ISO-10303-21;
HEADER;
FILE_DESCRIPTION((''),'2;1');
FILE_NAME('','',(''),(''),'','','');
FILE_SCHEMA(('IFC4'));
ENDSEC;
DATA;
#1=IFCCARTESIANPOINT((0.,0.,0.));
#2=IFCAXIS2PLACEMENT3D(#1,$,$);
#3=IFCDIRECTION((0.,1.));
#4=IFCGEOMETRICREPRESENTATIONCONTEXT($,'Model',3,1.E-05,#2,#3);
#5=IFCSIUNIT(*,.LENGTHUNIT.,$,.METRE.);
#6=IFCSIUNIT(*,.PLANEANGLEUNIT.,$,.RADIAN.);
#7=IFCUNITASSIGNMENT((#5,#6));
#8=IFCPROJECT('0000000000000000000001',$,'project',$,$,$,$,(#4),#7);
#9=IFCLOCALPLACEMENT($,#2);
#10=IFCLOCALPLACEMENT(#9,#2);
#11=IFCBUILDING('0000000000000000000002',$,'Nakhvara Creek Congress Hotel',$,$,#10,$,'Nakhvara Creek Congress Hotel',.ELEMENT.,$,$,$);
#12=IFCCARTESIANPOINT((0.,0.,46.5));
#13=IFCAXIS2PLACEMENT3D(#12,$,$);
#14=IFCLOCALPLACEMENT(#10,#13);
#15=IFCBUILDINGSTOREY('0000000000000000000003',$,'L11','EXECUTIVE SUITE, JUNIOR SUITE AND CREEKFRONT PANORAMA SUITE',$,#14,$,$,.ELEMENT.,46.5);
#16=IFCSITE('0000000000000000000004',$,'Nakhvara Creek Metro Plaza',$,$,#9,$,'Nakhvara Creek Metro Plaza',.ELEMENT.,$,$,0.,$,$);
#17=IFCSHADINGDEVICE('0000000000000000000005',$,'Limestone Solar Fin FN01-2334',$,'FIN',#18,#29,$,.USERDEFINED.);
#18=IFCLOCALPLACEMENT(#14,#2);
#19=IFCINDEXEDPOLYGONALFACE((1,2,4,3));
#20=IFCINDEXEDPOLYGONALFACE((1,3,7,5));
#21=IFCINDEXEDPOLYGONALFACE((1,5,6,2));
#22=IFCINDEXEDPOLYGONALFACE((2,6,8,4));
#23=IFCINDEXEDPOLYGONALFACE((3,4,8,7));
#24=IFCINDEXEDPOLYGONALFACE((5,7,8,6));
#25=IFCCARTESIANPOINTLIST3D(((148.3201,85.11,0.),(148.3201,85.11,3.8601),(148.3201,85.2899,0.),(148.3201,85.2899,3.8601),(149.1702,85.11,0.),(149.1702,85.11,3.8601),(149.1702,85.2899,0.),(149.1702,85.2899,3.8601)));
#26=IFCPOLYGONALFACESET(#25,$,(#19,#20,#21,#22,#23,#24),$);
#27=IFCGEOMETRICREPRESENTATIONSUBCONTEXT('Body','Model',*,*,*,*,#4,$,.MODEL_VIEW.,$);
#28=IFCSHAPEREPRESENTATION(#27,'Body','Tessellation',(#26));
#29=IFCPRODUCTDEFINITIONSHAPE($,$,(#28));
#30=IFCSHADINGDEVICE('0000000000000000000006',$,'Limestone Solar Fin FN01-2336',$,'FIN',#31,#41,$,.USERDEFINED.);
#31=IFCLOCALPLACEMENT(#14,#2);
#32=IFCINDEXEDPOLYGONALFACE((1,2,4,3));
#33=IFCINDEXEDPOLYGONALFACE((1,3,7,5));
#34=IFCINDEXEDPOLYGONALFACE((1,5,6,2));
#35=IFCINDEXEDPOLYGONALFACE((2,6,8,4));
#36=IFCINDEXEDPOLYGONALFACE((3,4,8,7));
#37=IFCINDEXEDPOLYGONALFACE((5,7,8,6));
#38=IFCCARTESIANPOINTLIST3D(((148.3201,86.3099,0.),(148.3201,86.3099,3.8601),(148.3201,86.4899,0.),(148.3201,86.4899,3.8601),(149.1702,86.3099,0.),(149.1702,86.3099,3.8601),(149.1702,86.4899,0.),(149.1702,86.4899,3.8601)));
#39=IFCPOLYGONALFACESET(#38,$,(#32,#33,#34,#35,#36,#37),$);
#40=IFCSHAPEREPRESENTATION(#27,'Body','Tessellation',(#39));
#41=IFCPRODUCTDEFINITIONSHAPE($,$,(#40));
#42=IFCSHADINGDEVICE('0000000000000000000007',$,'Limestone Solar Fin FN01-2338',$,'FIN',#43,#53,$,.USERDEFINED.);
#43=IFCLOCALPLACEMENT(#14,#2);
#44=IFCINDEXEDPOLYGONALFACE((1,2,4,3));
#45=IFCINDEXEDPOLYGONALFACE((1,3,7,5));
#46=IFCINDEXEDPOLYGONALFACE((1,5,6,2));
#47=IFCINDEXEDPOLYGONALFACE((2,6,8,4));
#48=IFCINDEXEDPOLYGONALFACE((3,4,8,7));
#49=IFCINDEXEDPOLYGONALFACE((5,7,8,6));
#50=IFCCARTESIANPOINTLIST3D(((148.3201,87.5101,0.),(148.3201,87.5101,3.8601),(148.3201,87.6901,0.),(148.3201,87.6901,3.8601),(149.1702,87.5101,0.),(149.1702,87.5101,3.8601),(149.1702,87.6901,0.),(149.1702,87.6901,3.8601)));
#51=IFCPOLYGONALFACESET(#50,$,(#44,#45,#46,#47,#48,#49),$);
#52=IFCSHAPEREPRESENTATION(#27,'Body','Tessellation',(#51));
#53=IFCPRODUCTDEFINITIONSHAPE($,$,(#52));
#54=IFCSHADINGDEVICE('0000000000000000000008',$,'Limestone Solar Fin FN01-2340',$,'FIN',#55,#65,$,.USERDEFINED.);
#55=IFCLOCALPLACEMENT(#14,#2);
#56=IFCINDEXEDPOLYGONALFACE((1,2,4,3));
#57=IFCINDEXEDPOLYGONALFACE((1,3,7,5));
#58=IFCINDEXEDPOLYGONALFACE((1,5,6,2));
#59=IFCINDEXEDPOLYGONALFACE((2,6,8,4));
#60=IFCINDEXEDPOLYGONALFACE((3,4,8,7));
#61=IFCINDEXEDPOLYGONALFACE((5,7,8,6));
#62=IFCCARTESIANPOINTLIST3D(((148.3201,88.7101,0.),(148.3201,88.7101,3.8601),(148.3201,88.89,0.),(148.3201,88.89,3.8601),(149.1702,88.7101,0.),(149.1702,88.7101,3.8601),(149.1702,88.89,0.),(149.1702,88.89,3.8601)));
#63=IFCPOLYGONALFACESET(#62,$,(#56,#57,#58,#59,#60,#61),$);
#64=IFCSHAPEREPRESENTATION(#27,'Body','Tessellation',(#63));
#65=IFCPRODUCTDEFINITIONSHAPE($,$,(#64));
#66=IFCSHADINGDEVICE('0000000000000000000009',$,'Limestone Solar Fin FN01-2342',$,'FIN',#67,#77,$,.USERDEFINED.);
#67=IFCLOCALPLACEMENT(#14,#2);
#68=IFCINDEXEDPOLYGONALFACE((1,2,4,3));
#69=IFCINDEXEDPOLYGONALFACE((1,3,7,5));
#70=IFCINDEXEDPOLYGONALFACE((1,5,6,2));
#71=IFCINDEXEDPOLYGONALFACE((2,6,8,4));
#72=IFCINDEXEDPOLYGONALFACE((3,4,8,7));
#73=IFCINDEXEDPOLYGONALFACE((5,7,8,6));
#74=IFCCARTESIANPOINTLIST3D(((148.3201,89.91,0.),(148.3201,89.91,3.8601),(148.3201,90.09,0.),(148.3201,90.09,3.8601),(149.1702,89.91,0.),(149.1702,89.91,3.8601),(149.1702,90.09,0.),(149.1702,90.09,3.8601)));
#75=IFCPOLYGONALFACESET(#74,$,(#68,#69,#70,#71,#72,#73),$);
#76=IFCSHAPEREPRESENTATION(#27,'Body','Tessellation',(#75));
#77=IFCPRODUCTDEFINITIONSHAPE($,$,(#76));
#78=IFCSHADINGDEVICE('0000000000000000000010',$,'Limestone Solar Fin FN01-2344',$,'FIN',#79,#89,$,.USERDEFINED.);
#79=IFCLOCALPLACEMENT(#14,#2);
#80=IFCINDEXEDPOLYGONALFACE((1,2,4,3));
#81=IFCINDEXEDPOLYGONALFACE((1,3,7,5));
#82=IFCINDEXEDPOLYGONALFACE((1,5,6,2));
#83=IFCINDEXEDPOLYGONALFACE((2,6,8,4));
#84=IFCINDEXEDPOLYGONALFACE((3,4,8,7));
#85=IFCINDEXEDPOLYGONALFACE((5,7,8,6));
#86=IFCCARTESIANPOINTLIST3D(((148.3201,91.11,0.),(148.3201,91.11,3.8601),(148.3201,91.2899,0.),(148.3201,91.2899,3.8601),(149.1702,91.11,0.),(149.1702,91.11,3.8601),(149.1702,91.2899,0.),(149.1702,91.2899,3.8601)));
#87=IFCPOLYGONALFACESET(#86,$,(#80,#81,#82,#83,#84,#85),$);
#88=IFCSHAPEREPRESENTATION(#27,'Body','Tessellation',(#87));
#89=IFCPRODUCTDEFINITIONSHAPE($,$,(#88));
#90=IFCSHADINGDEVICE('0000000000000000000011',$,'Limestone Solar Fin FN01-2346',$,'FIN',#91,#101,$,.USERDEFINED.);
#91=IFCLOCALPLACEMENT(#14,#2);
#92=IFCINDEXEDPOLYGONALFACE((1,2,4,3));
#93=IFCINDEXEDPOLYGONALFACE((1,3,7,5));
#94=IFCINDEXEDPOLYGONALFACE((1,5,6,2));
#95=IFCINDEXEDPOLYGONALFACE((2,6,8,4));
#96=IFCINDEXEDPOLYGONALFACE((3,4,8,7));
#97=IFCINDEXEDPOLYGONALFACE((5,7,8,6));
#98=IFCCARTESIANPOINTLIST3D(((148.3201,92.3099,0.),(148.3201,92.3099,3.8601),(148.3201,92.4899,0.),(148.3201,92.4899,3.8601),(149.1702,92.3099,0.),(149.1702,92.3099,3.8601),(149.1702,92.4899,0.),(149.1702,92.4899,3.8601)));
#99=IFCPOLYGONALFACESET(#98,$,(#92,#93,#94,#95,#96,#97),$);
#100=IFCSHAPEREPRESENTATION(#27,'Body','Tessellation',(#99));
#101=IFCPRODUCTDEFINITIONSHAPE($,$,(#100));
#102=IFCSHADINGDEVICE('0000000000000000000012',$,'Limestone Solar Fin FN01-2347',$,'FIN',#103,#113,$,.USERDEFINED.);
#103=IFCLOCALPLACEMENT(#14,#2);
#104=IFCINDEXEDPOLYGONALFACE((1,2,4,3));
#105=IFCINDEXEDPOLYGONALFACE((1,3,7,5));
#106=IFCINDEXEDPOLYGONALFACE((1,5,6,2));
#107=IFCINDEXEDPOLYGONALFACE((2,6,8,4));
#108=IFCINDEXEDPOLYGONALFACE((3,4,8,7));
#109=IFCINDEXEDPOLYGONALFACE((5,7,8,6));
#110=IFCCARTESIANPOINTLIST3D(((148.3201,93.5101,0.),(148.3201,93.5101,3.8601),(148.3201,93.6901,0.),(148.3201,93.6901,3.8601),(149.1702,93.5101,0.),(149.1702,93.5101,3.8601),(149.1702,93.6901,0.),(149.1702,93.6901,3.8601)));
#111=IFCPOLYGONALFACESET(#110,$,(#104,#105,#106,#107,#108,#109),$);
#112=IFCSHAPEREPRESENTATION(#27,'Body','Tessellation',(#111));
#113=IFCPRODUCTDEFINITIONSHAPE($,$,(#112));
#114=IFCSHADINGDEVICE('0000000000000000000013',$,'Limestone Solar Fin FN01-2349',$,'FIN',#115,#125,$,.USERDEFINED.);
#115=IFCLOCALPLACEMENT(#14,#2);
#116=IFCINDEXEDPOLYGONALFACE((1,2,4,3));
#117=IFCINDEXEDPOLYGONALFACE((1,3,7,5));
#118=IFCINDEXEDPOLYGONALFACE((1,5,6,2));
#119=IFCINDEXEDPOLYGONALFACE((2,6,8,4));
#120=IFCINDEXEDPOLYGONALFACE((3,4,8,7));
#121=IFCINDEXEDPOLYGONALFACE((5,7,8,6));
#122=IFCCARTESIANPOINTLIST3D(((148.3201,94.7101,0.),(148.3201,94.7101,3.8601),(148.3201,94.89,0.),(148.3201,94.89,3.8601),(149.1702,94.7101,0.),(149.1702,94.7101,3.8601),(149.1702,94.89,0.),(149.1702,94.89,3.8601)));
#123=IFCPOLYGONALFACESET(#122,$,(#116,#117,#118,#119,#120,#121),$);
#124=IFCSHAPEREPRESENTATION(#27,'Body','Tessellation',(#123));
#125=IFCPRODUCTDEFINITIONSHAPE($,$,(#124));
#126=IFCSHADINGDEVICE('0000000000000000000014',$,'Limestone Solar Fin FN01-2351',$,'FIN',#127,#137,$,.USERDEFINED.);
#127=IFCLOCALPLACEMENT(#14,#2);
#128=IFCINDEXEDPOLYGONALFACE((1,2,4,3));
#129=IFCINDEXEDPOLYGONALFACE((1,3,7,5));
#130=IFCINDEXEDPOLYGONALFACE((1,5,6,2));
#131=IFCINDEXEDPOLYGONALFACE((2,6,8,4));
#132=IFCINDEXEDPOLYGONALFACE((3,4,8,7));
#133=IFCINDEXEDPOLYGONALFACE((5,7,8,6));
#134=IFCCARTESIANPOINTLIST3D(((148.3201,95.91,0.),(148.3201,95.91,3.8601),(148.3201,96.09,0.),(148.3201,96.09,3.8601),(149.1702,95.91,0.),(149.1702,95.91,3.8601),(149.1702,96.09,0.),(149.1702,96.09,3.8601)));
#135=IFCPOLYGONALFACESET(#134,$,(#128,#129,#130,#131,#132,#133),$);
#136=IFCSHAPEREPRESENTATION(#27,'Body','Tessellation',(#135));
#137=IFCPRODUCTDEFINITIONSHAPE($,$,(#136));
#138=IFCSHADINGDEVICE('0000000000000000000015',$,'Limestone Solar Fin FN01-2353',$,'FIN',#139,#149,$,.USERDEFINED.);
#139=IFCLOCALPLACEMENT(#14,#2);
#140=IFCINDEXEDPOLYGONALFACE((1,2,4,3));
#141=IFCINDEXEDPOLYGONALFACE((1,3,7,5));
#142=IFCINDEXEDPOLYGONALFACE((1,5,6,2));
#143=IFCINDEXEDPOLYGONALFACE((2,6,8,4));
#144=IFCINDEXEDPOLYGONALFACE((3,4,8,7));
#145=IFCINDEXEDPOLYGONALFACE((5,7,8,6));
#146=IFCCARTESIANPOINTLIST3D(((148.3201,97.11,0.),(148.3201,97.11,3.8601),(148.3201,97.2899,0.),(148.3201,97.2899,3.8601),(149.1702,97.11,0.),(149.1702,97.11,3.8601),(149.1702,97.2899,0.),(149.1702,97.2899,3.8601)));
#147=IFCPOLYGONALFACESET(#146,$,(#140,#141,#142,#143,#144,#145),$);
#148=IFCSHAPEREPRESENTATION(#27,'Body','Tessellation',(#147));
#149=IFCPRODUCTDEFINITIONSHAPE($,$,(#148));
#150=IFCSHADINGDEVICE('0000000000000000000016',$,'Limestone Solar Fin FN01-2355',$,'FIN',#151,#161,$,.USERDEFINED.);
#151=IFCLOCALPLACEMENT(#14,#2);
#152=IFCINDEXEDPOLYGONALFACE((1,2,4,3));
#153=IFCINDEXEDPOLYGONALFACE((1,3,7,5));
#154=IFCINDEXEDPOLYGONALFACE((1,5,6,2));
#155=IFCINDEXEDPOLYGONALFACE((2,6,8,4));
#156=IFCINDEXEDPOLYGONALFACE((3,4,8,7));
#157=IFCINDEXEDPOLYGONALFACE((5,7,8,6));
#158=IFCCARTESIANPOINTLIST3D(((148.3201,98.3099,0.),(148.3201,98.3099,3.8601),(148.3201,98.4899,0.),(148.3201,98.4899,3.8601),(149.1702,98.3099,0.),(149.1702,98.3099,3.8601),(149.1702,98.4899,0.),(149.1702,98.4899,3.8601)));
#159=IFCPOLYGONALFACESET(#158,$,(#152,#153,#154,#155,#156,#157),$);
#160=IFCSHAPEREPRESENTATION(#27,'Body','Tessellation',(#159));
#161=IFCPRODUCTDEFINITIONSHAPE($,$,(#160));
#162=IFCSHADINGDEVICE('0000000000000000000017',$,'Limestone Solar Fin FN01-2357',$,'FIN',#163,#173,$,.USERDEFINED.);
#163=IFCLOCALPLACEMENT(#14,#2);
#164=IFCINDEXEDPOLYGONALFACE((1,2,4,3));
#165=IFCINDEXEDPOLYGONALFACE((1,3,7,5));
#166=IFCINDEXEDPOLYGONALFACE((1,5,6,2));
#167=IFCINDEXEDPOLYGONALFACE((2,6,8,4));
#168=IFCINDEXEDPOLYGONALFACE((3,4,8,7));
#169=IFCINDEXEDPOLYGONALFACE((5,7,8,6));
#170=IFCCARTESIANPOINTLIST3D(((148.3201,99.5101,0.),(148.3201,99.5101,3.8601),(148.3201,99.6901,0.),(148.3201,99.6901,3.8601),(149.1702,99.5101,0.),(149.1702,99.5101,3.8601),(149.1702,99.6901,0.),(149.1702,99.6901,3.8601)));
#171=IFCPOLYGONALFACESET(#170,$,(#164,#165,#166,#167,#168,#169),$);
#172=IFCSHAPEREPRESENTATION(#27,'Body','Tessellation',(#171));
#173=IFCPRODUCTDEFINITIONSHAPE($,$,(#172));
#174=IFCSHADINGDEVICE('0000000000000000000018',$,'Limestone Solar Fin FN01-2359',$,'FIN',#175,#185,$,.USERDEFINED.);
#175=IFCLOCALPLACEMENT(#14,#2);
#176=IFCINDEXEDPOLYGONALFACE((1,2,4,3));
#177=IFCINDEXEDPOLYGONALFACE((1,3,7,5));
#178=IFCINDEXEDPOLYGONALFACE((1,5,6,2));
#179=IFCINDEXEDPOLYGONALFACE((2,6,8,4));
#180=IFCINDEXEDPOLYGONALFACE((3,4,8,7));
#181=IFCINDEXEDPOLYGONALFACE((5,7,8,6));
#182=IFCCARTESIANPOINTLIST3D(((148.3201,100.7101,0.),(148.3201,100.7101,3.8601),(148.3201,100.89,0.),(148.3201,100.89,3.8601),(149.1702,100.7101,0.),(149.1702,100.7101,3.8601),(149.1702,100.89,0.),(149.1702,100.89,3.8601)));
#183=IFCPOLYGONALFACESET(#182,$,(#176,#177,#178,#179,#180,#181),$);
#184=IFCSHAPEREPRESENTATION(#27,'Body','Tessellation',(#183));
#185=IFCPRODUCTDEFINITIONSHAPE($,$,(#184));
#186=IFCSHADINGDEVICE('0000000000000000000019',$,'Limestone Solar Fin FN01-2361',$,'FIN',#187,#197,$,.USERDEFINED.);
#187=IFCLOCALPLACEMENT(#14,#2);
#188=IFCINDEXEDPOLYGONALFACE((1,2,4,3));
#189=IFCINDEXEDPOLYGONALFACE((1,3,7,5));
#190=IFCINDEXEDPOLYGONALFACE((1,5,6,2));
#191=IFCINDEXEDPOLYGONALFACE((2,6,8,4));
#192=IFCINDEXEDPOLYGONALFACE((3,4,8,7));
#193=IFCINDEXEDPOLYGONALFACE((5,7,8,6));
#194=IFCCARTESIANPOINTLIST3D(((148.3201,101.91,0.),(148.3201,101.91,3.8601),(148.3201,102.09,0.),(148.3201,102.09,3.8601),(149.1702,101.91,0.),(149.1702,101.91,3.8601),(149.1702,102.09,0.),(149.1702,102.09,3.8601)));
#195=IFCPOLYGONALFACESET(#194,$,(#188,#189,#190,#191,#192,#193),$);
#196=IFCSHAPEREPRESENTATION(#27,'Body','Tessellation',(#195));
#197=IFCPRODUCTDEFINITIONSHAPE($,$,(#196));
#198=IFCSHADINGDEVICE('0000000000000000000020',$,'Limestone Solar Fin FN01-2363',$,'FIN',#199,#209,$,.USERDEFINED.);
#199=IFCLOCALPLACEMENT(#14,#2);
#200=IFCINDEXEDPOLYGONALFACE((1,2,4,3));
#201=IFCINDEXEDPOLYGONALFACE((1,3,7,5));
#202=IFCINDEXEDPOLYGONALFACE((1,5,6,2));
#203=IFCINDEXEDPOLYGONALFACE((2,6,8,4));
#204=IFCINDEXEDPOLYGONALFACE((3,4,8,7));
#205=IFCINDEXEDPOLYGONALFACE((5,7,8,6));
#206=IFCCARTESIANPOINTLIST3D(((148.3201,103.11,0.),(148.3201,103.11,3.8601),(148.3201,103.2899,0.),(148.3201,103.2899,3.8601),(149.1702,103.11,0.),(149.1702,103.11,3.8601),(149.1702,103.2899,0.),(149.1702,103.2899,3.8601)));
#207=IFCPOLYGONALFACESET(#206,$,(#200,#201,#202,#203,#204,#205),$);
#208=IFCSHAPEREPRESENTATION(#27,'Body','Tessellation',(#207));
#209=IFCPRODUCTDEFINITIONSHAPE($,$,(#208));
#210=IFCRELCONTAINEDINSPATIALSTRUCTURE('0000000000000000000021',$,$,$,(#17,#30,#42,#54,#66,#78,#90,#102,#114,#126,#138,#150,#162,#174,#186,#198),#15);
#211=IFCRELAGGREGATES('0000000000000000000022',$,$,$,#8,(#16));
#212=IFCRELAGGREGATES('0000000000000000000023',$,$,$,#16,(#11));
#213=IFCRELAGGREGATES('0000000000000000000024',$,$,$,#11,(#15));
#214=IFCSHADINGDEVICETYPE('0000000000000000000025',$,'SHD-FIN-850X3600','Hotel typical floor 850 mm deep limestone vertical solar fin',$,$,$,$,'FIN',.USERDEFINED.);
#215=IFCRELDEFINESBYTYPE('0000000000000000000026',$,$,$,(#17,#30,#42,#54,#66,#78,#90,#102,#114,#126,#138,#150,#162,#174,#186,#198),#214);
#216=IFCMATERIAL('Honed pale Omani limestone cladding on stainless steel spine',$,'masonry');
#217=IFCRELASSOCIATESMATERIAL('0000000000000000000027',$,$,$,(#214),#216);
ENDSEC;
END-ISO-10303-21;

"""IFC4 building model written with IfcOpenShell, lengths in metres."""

from ifc_helpers import new_model, si_unit, direction, frame, origin, origin_2d, place, context, subcontext, project, spatial, rectangle, extrude, material, type_object, element, save


model = new_model("IFC4")

# Units and contexts
model_context = context("Model", 3, precision=1e-05, world=origin(), true_north=direction((0.0, 1.0)))
body_context = subcontext(model_context, "Body", "Model", "MODEL_VIEW")
ifc_project = project(units=[si_unit("LENGTHUNIT", "METRE"), si_unit("PLANEANGLEUNIT", "RADIAN")], contexts=[model_context])

# Site, building, storey
site_placement = place(None, origin())
site = spatial("IfcSite", under=ifc_project, at=site_placement, Name="Nakhvara Creek Metro Plaza", LongName="Nakhvara Creek Metro Plaza", CompositionType="ELEMENT", RefElevation=0.0)
building_placement = place(site_placement, origin())
building = spatial("IfcBuilding", under=site, at=building_placement, Name="Nakhvara Creek Congress Hotel", LongName="Nakhvara Creek Congress Hotel", CompositionType="ELEMENT")
storey_placement = place(building_placement, frame((0.0, 0.0, 46.5)))
storey = spatial("IfcBuildingStorey", under=building, at=storey_placement, Name="L11", Description="EXECUTIVE SUITE, JUNIOR SUITE AND CREEKFRONT PANORAMA SUITE", CompositionType="ELEMENT", Elevation=46.5)

# Shading devices
ifc_material_1 = material(Name="Honed pale Omani limestone cladding on stainless steel spine", Category="masonry")
shading_device_type = type_object("IfcShadingDeviceType", Name="SHD-FIN-850X3600", Description="Hotel typical floor 850 mm deep limestone vertical solar fin", ElementType="FIN", PredefinedType="USERDEFINED", material=ifc_material_1)
for number, where, z_axis, x_axis, name in (
    (1, (148.7451, 85.2, 0.0), (0.0, 0.0, 1.0), (0.0, 1.0, 0.0), "Limestone Solar Fin FN01-2334"),
    (2, (148.7451, 86.3999, 0.0), (0.0, 0.0, 1.0), (0.0, 1.0, 0.0), "Limestone Solar Fin FN01-2336"),
    (3, (148.7451, 87.6001, 0.0), (0.0, 0.0, 1.0), (0.0, 1.0, 0.0), "Limestone Solar Fin FN01-2338"),
    (4, (148.7451, 88.8, 0.0), (0.0, 0.0, 1.0), (0.0, 1.0, 0.0), "Limestone Solar Fin FN01-2340"),
    (5, (148.7451, 90.0, 0.0), (0.0, 0.0, 1.0), (0.0, 1.0, 0.0), "Limestone Solar Fin FN01-2342"),
    (6, (148.7451, 91.2, 0.0), (0.0, 0.0, 1.0), (0.0, 1.0, 0.0), "Limestone Solar Fin FN01-2344"),
    (7, (148.7451, 92.3999, 0.0), (0.0, 0.0, 1.0), (0.0, 1.0, 0.0), "Limestone Solar Fin FN01-2346"),
    (8, (148.7451, 93.6001, 0.0), (0.0, 0.0, 1.0), (0.0, 1.0, 0.0), "Limestone Solar Fin FN01-2347"),
    (9, (148.7451, 94.8, 0.0), (0.0, 0.0, 1.0), (0.0, 1.0, 0.0), "Limestone Solar Fin FN01-2349"),
    (10, (148.7451, 96.0, 0.0), (0.0, 0.0, 1.0), (0.0, 1.0, 0.0), "Limestone Solar Fin FN01-2351"),
    (11, (148.7451, 97.2, 0.0), (0.0, 0.0, 1.0), (0.0, 1.0, 0.0), "Limestone Solar Fin FN01-2353"),
    (12, (148.7451, 98.3999, 0.0), (0.0, 0.0, 1.0), (0.0, 1.0, 0.0), "Limestone Solar Fin FN01-2355"),
    (13, (148.7451, 99.6001, 0.0), (0.0, 0.0, 1.0), (0.0, 1.0, 0.0), "Limestone Solar Fin FN01-2357"),
    (14, (148.7451, 100.8, 0.0), (0.0, 0.0, 1.0), (0.0, 1.0, 0.0), "Limestone Solar Fin FN01-2359"),
    (15, (148.7451, 102.0, 0.0), (0.0, 0.0, 1.0), (0.0, 1.0, 0.0), "Limestone Solar Fin FN01-2361"),
    (16, (148.7451, 103.2, 0.0), (0.0, 0.0, 1.0), (0.0, 1.0, 0.0), "Limestone Solar Fin FN01-2363"),
):
    element("IfcShadingDevice", number, at=place(storey_placement, frame(where, z_axis=z_axis, x_axis=x_axis)), inside=storey, type_object=shading_device_type, Name=name, ObjectType="FIN", PredefinedType="USERDEFINED", context=body_context, shape_type="SweptSolid", body=[
        extrude(rectangle(XDim=0.1799, YDim=0.8501, at=origin_2d()), origin(), (0.0, 0.0, 1.0), 3.8601),
    ])

save(model, "model.ifc")
